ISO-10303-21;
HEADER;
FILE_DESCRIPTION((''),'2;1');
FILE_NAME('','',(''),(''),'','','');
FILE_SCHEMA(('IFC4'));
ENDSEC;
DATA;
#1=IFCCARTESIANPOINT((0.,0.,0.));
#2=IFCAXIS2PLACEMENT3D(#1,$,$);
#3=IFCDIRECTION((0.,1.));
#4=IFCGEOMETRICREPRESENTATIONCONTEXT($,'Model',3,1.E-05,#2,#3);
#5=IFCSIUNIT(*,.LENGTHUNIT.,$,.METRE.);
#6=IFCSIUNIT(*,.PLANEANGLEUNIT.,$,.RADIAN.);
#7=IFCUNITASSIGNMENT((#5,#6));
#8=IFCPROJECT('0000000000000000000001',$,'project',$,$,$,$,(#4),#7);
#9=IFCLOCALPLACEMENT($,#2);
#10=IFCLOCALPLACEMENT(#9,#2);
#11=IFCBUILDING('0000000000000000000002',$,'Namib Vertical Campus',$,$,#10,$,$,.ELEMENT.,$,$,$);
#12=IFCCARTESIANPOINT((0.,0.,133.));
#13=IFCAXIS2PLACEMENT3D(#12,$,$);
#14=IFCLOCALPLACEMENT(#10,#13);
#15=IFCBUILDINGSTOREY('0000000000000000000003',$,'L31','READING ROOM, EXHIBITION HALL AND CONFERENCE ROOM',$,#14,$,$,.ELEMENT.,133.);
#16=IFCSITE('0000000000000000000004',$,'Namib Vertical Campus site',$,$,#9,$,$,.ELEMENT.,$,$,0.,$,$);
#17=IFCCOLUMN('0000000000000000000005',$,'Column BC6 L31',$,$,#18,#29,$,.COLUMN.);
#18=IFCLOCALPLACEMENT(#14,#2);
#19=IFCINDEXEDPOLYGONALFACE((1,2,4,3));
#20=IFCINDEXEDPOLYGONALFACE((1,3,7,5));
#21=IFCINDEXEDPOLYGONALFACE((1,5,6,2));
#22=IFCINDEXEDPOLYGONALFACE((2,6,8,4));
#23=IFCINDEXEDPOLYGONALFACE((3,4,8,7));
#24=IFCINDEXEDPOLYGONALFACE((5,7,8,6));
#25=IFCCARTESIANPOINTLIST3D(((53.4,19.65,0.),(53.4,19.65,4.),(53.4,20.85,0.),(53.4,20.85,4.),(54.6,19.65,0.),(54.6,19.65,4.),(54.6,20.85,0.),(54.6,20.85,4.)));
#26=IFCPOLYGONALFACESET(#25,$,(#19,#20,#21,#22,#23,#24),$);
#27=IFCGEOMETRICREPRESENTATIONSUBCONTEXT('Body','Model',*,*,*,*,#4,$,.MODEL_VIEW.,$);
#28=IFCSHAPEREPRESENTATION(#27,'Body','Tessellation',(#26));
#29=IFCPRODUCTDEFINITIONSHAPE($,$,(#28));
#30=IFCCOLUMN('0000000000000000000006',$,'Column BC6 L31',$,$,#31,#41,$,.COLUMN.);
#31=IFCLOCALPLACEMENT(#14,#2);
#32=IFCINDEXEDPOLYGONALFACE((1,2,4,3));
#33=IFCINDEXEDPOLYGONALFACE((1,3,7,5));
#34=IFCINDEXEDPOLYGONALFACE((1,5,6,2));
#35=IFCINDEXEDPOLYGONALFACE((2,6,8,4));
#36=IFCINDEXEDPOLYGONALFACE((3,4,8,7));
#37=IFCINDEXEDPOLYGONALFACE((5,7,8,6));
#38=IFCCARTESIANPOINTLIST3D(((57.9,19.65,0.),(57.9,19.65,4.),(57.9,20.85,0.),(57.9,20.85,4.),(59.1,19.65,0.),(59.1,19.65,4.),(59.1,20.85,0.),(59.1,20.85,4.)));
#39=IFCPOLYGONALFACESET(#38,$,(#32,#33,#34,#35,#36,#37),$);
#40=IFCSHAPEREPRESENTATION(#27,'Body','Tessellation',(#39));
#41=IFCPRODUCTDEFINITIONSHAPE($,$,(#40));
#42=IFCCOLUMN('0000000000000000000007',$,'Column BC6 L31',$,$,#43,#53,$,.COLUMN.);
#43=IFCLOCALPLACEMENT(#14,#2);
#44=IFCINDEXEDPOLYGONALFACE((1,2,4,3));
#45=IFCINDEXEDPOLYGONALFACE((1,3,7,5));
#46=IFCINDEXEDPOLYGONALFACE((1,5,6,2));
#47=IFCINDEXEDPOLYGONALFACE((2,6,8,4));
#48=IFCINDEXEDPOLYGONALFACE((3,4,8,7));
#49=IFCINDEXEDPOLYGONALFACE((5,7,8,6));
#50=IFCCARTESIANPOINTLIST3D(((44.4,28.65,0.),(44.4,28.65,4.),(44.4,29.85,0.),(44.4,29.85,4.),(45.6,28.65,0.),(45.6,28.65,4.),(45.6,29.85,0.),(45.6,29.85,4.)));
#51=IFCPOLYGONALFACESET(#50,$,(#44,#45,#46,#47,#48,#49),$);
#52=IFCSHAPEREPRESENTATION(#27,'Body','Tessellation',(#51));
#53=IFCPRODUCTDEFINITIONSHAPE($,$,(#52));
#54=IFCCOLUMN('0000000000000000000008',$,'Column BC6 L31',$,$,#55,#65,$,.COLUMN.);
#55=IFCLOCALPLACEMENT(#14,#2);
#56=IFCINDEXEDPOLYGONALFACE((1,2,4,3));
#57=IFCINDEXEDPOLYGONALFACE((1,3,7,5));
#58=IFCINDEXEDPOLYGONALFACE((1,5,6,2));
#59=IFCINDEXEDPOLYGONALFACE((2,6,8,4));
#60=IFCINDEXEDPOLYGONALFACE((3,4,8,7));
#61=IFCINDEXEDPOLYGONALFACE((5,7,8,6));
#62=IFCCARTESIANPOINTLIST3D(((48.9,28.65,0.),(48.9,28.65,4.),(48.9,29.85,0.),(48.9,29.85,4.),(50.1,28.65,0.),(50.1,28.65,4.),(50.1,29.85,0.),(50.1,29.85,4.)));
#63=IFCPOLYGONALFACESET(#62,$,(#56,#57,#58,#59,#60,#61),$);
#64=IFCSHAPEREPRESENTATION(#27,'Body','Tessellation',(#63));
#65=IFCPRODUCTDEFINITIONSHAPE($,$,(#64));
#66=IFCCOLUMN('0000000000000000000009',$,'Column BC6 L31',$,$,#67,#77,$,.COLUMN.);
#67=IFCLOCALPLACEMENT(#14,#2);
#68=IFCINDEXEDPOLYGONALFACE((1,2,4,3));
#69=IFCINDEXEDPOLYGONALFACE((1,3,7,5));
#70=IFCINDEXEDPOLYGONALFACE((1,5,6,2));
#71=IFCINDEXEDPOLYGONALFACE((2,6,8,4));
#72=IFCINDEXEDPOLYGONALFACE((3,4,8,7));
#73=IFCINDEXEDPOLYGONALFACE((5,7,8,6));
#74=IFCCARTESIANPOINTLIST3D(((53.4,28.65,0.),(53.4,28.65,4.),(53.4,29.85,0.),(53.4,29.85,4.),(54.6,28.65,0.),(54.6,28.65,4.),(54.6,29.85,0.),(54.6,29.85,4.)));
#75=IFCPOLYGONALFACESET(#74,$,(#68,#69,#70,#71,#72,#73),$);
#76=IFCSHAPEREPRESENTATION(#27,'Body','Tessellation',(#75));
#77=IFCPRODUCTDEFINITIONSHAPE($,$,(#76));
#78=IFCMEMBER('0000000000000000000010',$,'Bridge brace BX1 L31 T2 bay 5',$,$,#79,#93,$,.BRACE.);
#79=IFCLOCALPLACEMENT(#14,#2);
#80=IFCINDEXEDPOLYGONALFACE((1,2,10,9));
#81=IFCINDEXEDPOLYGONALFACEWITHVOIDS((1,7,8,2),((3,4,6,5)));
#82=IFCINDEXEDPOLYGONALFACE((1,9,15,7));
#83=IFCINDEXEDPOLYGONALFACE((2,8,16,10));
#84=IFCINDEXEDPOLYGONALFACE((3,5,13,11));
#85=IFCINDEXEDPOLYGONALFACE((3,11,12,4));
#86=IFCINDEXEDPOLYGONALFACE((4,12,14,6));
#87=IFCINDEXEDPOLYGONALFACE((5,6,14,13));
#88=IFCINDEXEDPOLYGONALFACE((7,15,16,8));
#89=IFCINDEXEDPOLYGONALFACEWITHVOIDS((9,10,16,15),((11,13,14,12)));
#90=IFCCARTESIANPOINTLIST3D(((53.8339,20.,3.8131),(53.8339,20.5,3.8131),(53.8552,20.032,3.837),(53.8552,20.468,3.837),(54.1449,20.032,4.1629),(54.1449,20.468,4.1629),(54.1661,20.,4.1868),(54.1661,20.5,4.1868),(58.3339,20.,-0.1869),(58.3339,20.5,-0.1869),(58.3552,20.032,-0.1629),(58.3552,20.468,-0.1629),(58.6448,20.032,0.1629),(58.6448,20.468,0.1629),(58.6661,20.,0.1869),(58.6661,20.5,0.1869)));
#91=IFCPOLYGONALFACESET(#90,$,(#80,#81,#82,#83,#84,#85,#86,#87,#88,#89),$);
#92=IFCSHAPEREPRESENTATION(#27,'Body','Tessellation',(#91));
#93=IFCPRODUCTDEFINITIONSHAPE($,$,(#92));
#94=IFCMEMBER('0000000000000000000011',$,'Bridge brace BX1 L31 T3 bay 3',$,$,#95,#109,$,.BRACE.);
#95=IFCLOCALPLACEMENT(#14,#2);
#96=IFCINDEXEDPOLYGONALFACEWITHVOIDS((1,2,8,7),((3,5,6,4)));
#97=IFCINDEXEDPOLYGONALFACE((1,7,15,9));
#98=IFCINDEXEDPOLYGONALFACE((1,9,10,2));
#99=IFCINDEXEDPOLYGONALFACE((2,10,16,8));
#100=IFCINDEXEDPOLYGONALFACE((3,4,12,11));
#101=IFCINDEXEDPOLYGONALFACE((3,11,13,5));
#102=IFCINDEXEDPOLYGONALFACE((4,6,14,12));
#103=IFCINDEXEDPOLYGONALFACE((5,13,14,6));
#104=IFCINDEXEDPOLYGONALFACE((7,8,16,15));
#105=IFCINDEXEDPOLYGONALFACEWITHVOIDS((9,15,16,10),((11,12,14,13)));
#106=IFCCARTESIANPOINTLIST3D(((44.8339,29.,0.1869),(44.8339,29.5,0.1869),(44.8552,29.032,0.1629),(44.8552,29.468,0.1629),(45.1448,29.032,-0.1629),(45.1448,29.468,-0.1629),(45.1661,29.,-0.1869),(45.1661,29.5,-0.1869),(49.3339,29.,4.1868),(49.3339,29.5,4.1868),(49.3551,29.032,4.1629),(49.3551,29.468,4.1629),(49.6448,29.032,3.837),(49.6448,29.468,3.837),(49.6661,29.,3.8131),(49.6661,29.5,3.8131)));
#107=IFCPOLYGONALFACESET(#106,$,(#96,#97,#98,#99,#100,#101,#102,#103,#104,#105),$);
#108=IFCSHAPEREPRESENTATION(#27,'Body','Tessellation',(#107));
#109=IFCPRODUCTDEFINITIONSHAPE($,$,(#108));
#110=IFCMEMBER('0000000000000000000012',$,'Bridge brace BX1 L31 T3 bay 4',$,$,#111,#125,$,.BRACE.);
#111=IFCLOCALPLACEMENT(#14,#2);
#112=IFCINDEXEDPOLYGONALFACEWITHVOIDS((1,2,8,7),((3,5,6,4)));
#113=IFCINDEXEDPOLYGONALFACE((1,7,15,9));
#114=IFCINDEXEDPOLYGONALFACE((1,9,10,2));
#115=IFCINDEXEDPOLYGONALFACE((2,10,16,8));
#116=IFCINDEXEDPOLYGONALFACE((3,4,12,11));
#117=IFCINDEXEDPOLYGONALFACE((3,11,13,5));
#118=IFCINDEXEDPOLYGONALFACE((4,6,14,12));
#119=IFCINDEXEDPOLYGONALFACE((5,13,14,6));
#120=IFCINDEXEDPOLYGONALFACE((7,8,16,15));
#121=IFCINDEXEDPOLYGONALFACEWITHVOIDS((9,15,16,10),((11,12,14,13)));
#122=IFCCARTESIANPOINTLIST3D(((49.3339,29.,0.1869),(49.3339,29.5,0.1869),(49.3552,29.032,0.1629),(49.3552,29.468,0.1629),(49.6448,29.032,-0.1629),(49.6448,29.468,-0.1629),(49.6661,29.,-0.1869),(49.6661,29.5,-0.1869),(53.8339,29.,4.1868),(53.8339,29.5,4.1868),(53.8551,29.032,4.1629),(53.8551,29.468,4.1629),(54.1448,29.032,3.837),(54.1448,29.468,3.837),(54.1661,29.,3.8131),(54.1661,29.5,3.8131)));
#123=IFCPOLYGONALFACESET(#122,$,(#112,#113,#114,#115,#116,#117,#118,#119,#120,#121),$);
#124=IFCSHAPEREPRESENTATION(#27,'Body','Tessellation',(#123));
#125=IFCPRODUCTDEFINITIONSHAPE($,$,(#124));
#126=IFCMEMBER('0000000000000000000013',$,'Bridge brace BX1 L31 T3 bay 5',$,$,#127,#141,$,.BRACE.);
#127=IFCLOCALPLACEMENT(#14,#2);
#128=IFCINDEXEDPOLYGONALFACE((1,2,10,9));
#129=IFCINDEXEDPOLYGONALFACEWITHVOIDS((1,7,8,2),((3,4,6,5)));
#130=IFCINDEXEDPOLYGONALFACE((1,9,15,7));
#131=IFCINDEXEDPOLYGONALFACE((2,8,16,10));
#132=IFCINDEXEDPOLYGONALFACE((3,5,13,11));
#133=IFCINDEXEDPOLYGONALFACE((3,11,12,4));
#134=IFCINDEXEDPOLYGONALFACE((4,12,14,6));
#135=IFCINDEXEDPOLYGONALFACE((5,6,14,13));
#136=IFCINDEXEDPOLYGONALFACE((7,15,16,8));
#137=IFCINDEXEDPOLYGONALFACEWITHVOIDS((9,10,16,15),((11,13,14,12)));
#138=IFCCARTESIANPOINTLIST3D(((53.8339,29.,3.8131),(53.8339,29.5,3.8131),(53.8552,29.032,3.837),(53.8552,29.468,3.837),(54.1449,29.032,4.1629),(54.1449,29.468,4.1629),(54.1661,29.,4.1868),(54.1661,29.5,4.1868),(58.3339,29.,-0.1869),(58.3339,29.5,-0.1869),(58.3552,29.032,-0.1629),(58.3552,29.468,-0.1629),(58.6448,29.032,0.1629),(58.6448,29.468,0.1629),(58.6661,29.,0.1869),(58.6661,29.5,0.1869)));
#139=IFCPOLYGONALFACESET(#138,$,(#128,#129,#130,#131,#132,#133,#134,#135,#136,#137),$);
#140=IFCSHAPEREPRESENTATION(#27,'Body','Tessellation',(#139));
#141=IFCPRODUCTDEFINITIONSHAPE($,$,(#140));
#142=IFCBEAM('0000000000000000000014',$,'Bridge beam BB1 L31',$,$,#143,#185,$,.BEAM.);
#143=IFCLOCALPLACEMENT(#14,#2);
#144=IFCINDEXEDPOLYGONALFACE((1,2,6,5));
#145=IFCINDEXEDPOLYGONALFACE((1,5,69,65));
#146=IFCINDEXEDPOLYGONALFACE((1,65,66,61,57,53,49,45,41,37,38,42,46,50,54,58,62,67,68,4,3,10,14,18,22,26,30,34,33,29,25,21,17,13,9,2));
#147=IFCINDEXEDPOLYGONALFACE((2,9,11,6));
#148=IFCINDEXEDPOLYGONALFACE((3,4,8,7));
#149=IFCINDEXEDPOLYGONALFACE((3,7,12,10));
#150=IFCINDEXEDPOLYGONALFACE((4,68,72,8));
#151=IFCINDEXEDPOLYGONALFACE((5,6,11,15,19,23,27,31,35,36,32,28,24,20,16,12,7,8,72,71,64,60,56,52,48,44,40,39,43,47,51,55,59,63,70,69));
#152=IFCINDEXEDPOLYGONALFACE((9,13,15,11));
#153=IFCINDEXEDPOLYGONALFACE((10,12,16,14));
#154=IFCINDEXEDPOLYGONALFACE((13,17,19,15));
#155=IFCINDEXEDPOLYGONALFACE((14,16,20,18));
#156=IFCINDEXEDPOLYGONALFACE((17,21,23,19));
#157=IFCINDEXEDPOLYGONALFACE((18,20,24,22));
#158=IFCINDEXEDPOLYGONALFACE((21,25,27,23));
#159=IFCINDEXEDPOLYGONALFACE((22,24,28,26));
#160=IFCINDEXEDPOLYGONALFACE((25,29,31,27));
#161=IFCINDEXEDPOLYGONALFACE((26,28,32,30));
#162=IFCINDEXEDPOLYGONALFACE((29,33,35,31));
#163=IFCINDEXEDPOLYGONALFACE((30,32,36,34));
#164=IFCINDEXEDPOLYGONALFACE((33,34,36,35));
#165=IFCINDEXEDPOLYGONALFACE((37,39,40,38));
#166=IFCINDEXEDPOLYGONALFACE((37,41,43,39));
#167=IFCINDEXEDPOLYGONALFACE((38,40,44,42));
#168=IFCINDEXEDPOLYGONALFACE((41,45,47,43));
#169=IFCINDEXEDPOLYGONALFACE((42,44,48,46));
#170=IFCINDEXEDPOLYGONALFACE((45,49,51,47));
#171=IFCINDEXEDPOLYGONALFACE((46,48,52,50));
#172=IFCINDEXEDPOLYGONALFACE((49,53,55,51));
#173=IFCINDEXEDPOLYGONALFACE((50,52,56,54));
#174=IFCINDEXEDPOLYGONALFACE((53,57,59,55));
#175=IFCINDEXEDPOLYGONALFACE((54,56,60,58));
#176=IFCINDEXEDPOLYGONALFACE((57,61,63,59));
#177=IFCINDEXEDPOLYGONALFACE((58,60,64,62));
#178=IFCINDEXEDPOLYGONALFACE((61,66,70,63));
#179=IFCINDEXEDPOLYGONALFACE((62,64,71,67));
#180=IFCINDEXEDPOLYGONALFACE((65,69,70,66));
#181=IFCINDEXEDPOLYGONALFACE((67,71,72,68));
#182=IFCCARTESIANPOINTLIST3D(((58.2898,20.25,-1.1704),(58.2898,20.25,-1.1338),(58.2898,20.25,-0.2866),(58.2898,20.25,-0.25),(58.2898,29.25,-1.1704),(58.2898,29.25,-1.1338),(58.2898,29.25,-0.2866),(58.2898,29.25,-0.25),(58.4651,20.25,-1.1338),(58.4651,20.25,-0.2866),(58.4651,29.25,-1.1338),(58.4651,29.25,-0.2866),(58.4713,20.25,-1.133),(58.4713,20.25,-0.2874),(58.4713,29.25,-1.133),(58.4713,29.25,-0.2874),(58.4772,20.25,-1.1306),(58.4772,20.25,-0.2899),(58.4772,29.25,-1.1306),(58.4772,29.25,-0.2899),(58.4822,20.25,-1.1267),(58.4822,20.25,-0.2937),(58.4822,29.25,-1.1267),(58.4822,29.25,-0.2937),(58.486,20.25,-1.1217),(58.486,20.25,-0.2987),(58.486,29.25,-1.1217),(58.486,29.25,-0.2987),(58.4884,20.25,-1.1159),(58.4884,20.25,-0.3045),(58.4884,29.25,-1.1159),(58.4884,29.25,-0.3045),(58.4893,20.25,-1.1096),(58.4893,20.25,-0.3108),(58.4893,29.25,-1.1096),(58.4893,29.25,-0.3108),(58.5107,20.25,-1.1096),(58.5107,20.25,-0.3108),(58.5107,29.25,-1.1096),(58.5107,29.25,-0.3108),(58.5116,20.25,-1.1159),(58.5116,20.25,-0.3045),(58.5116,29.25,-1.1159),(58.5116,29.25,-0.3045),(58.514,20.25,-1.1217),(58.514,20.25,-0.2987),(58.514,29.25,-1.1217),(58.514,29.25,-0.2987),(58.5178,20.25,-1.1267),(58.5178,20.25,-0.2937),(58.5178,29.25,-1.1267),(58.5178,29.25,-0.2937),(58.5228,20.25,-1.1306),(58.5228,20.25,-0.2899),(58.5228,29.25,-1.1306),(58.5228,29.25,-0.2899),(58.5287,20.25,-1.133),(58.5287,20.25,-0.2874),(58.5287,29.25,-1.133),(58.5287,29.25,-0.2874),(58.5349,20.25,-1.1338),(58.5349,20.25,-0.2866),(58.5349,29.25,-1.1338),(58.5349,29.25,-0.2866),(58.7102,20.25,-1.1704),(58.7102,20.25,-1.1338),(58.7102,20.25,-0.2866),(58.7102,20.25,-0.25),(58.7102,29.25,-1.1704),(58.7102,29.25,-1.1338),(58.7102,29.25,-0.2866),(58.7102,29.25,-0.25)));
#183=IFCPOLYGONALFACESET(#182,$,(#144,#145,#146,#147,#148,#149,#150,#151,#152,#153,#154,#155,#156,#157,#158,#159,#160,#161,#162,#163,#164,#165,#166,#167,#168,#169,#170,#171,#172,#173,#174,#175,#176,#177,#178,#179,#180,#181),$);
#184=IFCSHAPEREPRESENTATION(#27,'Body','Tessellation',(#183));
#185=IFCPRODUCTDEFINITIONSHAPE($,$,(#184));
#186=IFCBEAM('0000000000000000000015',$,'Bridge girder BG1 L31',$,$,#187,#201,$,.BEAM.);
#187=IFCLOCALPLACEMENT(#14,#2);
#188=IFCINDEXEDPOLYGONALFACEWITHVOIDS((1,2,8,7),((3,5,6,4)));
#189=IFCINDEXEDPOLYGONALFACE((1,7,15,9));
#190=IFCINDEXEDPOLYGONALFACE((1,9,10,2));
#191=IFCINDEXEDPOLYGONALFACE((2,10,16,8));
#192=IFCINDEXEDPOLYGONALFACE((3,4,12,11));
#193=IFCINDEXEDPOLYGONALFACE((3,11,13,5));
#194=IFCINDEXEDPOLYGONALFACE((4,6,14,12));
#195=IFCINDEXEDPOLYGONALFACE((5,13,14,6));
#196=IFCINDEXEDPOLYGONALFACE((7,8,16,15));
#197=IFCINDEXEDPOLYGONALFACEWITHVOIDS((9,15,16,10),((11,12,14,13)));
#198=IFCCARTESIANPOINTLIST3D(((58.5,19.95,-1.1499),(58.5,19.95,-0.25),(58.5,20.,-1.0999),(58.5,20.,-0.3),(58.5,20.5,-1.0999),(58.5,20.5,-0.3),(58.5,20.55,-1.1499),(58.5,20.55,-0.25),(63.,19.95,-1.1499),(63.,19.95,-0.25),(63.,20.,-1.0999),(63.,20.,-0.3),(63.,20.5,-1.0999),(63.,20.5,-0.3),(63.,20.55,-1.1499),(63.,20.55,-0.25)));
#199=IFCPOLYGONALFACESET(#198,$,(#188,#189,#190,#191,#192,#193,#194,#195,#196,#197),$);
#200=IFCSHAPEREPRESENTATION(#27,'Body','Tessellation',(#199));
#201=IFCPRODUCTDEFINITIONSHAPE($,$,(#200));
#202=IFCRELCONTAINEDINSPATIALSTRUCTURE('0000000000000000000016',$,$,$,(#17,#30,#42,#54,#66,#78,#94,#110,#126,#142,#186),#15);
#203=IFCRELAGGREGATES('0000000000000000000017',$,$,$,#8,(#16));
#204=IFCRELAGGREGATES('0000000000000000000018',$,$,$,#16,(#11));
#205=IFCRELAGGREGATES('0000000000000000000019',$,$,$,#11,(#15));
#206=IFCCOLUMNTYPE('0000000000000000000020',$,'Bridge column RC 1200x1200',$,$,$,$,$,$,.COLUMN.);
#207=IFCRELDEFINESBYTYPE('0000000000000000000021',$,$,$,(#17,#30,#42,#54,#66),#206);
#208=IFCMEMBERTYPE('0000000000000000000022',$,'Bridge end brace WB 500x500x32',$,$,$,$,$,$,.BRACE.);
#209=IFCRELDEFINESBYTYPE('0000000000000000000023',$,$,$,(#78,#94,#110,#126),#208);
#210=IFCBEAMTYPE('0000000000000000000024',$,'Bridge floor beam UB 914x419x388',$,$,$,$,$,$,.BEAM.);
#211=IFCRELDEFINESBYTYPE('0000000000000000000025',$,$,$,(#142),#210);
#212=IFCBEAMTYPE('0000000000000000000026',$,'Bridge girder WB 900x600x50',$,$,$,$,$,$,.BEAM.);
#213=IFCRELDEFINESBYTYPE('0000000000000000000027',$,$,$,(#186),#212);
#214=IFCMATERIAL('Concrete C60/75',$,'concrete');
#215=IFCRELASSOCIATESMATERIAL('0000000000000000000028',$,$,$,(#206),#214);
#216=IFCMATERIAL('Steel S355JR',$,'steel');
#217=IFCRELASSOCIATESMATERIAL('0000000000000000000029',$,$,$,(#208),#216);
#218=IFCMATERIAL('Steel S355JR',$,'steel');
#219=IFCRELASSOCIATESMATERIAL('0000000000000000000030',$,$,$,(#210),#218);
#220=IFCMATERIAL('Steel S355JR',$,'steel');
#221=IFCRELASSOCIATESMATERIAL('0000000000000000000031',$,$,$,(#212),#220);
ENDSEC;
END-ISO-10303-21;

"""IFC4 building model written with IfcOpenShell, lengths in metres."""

from ifc_helpers import new_model, si_unit, direction, frame, origin, origin_2d, place, context, subcontext, project, spatial, rectangle, hollow_rectangle, i_section, extrude, material, material_profile, profile_set, type_object, element, save


model = new_model("IFC4")

# Units and contexts
model_context = context("Model", 3, precision=1e-05, world=origin(), true_north=direction((0.0, 1.0)))
body_context = subcontext(model_context, "Body", "Model", "MODEL_VIEW")
ifc_project = project(units=[si_unit("LENGTHUNIT", "METRE"), si_unit("PLANEANGLEUNIT", "RADIAN")], contexts=[model_context])

# Site, building, storey
site_placement = place(None, origin())
site = spatial("IfcSite", under=ifc_project, at=site_placement, Name="Namib Vertical Campus site", CompositionType="ELEMENT", RefElevation=0.0)
building_placement = place(site_placement, origin())
building = spatial("IfcBuilding", under=site, at=building_placement, Name="Namib Vertical Campus", CompositionType="ELEMENT")
storey_placement = place(building_placement, frame((0.0, 0.0, 133.0)))
storey = spatial("IfcBuildingStorey", under=building, at=storey_placement, Name="L31", Description="READING ROOM, EXHIBITION HALL AND CONFERENCE ROOM", CompositionType="ELEMENT", Elevation=133.0)

# Columns
ifc_material_1 = material(Name="Concrete C60/75", Category="concrete")
ifc_material_profile_1 = material_profile(ifc_material_1, rectangle(XDim=1.2, YDim=1.2, at=origin_2d()))
ifc_profile_set_1 = profile_set([ifc_material_profile_1], Name="Concrete C60/75")
column_type = type_object("IfcColumnType", Name="Bridge column RC 1200x1200", PredefinedType="COLUMN", material=ifc_profile_set_1)
for number, where, z_axis, x_axis, name in (
    (1, (54.0, 20.25, 0.0), (0.0, 0.0, 1.0), (1.0, 0.0, 0.0), "Column BC6 L31"),
    (2, (58.5, 20.25, 0.0), (0.0, 0.0, 1.0), (1.0, 0.0, 0.0), "Column BC6 L31"),
    (3, (45.0, 29.25, 0.0), (0.0, 0.0, 1.0), (1.0, 0.0, 0.0), "Column BC6 L31"),
    (4, (49.5, 29.25, 0.0), (0.0, 0.0, 1.0), (1.0, 0.0, 0.0), "Column BC6 L31"),
    (5, (54.0, 29.25, 0.0), (0.0, 0.0, 1.0), (1.0, 0.0, 0.0), "Column BC6 L31"),
):
    element("IfcColumn", number, at=place(storey_placement, frame(where, z_axis=z_axis, x_axis=x_axis)), inside=storey, type_object=column_type, Name=name, PredefinedType="COLUMN", context=body_context, shape_type="SweptSolid", body=[
        extrude(rectangle(XDim=1.2, YDim=1.2, at=origin_2d()), origin(), (0.0, 0.0, 1.0), 4.0),
    ])

# Members
ifc_material_2 = material(Name="Steel S355JR", Category="steel")
ifc_material_profile_2 = material_profile(ifc_material_2, hollow_rectangle(XDim=0.5, YDim=0.5, WallThickness=0.032, at=origin_2d()))
ifc_profile_set_2 = profile_set([ifc_material_profile_2], Name="Steel S355JR")
member_type_1 = type_object("IfcMemberType", Name="Bridge end brace WB 500x500x32", PredefinedType="BRACE", material=ifc_profile_set_2)
for number, where, z_axis, x_axis, name in (
    (6, (58.5, 20.25, 0.0), (-0.747409, 0.0, 0.664364), (0.0, -1.0, 0.0), "Bridge brace BX1 L31 T2 bay 5"),
    (7, (45.0, 29.25, 0.0), (0.747409, 0.0, 0.664364), (0.0, 1.0, 0.0), "Bridge brace BX1 L31 T3 bay 3"),
    (8, (49.5, 29.25, 0.0), (0.747409, 0.0, 0.664364), (0.0, 1.0, 0.0), "Bridge brace BX1 L31 T3 bay 4"),
    (9, (58.5, 29.25, 0.0), (-0.747409, 0.0, 0.664364), (0.0, -1.0, 0.0), "Bridge brace BX1 L31 T3 bay 5"),
):
    element("IfcMember", number, at=place(storey_placement, frame(where, z_axis=z_axis, x_axis=x_axis)), inside=storey, type_object=member_type_1, Name=name, PredefinedType="BRACE", context=body_context, shape_type="SweptSolid", body=[
        extrude(hollow_rectangle(XDim=0.5, YDim=0.5, WallThickness=0.032, at=origin_2d()), origin(), (0.0, 0.0, 1.0), 6.0208),
    ])

# Beams
ifc_material_3 = material(Name="Steel S355JR", Category="steel")
ifc_material_profile_3 = material_profile(ifc_material_3, i_section(OverallWidth=0.4204, OverallDepth=0.9204, WebThickness=0.0215, FlangeThickness=0.0366, FilletRadius=0.0242, at=origin_2d()))
ifc_profile_set_3 = profile_set([ifc_material_profile_3], Name="Steel S355JR")
beam_type_1 = type_object("IfcBeamType", Name="Bridge floor beam UB 914x419x388", PredefinedType="BEAM", material=ifc_profile_set_3)
beam_placement = place(storey_placement, frame((58.5, 20.25, -0.7102), z_axis=(0.0, 1.0, 0.0), x_axis=(-1.0, 0.0, 0.0)))
element("IfcBeam", 10, at=beam_placement, inside=storey, type_object=beam_type_1, Name="Bridge beam BB1 L31", PredefinedType="BEAM", context=body_context, shape_type="SweptSolid", body=[
    extrude(i_section(OverallWidth=0.4204, OverallDepth=0.9204, WebThickness=0.0215, FlangeThickness=0.0366, FilletRadius=0.0242, at=origin_2d()), origin(), (0.0, 0.0, 1.0), 9.0),
])
ifc_material_4 = material(Name="Steel S355JR", Category="steel")
ifc_material_profile_4 = material_profile(ifc_material_4, hollow_rectangle(XDim=0.6001, YDim=0.8999, WallThickness=0.05, at=origin_2d()))
ifc_profile_set_4 = profile_set([ifc_material_profile_4], Name="Steel S355JR")
beam_type_2 = type_object("IfcBeamType", Name="Bridge girder WB 900x600x50", PredefinedType="BEAM", material=ifc_profile_set_4)
for number, where, z_axis, x_axis, name in (
    (11, (58.5, 20.25, -0.7), (1.0, 0.0, 0.0), (0.0, 1.0, 0.0), "Bridge girder BG1 L31"),
):
    element("IfcBeam", number, at=place(storey_placement, frame(where, z_axis=z_axis, x_axis=x_axis)), inside=storey, type_object=beam_type_2, Name=name, PredefinedType="BEAM", context=body_context, shape_type="SweptSolid", body=[
        extrude(hollow_rectangle(XDim=0.6001, YDim=0.8999, WallThickness=0.05, at=origin_2d()), origin(), (0.0, 0.0, 1.0), 4.5),
    ])

save(model, "model.ifc")
